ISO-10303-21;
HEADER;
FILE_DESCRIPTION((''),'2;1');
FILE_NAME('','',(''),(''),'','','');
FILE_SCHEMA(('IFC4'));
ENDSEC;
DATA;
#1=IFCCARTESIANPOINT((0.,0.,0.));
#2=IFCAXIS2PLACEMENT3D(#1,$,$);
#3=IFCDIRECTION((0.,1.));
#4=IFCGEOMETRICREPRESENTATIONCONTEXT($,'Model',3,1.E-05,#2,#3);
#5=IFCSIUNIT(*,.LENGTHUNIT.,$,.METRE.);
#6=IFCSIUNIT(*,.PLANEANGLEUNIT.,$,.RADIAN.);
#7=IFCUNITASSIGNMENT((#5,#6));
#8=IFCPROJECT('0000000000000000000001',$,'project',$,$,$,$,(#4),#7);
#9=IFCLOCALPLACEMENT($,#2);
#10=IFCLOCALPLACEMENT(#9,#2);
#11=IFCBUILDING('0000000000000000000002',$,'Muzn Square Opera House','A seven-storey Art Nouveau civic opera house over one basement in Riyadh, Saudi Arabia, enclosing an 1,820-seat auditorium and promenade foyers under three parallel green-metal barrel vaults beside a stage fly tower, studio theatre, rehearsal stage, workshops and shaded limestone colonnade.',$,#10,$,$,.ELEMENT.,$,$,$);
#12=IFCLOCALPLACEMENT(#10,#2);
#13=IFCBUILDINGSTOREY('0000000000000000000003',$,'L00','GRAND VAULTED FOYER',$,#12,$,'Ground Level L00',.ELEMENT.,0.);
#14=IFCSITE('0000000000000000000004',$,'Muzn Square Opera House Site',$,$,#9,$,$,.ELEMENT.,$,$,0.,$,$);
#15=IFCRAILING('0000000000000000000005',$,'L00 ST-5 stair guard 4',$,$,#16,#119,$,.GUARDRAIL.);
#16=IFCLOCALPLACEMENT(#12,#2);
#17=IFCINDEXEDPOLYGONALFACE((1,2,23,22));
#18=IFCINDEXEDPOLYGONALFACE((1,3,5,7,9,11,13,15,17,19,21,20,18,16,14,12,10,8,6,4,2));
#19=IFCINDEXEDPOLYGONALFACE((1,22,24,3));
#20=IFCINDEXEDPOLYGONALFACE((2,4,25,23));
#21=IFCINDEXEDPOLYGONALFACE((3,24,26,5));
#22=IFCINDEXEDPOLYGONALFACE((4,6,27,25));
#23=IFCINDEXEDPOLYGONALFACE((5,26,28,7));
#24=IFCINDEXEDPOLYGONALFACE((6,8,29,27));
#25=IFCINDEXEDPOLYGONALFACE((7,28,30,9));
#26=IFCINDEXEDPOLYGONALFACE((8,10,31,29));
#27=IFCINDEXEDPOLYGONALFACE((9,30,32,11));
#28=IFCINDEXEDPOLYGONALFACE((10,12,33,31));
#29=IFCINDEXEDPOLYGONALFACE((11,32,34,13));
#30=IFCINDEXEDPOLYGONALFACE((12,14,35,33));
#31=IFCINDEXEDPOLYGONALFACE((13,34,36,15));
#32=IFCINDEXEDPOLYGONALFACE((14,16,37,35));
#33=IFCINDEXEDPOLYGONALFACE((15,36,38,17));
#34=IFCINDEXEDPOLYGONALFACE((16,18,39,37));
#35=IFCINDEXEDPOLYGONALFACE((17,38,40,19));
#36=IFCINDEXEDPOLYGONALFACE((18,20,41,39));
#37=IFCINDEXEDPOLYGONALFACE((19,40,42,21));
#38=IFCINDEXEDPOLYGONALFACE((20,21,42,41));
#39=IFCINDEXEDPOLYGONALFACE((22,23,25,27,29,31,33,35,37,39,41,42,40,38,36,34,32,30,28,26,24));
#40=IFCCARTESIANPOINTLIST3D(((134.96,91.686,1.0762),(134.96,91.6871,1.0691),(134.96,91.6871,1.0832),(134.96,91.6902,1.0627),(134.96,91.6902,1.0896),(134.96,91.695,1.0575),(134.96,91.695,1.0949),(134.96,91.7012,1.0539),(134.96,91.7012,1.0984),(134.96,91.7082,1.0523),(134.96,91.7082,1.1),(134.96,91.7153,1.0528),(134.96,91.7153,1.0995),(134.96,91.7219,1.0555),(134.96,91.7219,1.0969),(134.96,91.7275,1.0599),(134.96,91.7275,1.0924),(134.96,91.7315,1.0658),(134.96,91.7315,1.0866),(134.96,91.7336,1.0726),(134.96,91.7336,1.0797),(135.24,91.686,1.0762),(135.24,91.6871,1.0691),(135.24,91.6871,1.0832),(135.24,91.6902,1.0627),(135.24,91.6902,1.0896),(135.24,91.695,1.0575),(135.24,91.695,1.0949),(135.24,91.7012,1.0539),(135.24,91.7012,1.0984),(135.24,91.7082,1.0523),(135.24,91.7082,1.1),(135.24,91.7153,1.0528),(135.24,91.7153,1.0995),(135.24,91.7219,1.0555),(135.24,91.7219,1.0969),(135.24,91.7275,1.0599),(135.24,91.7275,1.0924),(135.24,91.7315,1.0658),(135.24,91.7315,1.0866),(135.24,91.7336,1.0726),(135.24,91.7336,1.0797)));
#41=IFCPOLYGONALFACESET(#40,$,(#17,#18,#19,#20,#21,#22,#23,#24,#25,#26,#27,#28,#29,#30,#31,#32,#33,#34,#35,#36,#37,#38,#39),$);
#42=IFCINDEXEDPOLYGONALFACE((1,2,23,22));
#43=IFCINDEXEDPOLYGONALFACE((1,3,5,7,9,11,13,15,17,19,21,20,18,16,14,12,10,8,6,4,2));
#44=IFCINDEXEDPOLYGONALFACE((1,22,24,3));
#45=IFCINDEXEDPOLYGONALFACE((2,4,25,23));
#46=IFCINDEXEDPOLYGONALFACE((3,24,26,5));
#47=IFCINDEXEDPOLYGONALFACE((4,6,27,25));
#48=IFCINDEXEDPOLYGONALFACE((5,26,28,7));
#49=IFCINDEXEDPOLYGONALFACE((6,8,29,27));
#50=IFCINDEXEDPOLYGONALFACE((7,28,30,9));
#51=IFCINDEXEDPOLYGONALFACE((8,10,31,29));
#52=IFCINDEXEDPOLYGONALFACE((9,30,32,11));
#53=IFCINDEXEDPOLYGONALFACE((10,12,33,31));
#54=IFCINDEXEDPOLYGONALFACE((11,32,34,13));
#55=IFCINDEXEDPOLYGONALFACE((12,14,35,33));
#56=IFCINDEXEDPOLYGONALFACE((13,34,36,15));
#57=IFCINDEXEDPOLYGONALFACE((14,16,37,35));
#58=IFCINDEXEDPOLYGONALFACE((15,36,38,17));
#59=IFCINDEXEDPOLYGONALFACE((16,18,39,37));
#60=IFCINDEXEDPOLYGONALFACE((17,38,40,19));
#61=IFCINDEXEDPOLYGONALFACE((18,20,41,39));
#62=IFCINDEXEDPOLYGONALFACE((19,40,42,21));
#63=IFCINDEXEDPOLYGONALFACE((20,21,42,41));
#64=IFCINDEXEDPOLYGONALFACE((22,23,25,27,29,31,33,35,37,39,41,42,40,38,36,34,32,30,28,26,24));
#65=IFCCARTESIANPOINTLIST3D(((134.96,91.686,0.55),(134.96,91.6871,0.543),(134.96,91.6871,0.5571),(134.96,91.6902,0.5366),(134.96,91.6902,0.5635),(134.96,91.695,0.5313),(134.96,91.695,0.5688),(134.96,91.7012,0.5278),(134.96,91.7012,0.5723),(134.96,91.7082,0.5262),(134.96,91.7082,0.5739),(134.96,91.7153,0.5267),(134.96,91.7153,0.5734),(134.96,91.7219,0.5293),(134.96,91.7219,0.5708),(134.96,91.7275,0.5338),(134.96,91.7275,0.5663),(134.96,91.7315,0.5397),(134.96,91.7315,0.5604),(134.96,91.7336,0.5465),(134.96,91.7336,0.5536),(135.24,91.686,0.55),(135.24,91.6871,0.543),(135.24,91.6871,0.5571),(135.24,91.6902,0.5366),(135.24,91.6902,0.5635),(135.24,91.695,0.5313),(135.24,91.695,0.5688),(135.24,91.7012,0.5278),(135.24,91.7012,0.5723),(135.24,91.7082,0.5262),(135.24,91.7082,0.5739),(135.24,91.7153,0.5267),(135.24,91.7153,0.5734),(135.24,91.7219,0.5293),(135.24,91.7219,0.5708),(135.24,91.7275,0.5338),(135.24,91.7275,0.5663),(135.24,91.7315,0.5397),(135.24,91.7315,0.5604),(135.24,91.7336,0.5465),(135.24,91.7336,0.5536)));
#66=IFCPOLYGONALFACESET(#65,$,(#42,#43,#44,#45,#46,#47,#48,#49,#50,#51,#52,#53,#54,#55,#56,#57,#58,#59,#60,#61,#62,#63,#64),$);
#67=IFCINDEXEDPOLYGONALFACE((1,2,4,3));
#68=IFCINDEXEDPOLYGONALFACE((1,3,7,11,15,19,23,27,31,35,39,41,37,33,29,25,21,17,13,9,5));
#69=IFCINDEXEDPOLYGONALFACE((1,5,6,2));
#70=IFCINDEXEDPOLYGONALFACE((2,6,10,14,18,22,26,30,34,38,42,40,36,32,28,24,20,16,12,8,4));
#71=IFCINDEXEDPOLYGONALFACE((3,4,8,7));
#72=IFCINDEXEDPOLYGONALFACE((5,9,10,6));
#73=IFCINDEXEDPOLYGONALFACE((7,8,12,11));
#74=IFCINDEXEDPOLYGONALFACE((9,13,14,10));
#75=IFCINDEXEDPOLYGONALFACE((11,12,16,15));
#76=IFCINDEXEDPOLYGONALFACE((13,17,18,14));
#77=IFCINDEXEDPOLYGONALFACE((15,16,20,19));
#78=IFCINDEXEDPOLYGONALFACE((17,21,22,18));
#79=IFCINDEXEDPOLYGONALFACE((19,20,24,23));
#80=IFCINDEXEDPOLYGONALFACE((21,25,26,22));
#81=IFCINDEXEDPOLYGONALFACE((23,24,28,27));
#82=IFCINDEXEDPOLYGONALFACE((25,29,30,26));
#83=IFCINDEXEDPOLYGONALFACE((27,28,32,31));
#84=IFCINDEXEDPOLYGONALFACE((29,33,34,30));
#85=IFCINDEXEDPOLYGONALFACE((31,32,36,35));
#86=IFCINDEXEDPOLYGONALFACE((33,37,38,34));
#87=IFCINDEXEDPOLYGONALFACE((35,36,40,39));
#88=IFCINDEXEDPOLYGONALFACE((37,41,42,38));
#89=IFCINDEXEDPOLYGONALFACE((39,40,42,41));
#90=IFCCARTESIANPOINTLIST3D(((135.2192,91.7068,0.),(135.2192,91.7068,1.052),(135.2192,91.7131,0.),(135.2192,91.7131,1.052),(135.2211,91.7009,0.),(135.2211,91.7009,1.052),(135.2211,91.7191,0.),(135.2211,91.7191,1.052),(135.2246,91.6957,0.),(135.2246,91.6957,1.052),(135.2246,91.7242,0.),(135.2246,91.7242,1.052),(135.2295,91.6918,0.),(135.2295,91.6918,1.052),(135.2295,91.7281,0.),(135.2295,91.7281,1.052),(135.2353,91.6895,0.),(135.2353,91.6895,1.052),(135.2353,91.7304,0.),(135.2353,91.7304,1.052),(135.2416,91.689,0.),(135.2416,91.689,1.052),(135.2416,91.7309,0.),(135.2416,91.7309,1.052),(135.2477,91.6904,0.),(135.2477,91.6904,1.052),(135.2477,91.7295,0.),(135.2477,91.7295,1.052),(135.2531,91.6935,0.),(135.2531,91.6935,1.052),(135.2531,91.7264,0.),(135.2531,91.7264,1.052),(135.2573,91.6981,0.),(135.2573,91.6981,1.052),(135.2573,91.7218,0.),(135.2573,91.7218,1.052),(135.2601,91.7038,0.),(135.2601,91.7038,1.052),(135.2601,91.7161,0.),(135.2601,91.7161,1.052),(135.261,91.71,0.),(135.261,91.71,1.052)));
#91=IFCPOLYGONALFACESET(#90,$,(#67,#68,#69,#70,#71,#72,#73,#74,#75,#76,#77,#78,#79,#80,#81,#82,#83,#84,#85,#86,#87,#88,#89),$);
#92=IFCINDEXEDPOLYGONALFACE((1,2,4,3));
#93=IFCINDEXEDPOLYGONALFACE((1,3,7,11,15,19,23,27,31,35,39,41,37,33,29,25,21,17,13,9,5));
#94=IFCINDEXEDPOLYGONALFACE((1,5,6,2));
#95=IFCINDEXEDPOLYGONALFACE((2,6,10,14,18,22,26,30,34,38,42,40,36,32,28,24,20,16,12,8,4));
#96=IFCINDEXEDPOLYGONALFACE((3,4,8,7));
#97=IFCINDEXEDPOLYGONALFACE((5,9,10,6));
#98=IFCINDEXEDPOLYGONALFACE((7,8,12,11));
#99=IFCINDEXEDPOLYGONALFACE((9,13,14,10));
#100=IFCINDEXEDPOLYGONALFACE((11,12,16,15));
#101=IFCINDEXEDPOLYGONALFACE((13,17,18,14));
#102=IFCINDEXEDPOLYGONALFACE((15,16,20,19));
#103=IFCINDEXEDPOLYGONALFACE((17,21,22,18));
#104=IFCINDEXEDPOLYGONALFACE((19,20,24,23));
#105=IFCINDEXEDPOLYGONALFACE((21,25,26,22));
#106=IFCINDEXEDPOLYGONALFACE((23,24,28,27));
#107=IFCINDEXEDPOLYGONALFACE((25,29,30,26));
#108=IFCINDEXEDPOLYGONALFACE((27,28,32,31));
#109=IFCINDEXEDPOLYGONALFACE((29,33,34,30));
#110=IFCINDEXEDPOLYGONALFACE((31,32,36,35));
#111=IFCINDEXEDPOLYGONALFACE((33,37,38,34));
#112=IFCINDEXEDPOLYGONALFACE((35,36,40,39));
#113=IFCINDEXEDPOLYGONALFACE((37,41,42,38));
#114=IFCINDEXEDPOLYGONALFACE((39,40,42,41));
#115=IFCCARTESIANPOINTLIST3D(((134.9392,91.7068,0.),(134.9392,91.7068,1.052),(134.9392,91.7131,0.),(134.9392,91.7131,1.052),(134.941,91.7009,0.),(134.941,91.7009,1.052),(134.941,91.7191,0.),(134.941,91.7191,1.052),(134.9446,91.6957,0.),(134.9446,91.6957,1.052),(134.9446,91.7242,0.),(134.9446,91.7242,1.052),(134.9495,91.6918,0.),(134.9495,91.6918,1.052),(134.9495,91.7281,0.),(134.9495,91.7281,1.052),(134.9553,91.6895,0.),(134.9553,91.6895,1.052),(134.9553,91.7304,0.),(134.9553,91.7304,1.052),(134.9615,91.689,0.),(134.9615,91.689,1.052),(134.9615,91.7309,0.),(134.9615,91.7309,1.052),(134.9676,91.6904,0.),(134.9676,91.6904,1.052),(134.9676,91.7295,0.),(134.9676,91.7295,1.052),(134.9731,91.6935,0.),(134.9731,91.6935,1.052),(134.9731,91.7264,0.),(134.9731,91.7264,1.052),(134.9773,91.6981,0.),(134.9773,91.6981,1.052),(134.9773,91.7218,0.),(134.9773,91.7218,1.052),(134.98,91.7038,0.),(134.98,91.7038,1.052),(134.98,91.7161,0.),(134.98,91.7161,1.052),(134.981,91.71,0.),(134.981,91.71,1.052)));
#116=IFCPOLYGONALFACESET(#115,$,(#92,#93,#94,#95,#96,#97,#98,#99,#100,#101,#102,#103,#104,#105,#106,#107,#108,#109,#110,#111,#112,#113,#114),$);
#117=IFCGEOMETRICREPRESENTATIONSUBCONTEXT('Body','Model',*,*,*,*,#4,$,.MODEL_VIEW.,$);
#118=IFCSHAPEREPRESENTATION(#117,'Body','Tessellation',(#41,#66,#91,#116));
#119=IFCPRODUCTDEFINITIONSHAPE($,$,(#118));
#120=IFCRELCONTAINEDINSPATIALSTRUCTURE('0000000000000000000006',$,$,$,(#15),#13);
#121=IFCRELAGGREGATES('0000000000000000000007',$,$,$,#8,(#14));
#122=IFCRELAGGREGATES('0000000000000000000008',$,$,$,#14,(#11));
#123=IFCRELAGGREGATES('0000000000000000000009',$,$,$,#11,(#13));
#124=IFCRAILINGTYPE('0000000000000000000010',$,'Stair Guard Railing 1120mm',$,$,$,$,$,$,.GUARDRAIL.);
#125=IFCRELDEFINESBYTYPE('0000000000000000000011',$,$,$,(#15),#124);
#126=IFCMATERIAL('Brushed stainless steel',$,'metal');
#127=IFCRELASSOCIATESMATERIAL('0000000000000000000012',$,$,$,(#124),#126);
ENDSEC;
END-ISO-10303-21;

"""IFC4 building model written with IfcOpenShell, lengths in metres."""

from ifc_helpers import new_model, si_unit, direction, frame, origin, origin_2d, place, context, subcontext, project, spatial, circle, extrude, material, type_object, element, save


model = new_model("IFC4")

# Units and contexts
model_context = context("Model", 3, precision=1e-05, world=origin(), true_north=direction((0.0, 1.0)))
body_context = subcontext(model_context, "Body", "Model", "MODEL_VIEW")
ifc_project = project(units=[si_unit("LENGTHUNIT", "METRE"), si_unit("PLANEANGLEUNIT", "RADIAN")], contexts=[model_context])

# Site, building, storey
site_placement = place(None, origin())
site = spatial("IfcSite", under=ifc_project, at=site_placement, Name="Muzn Square Opera House Site", CompositionType="ELEMENT", RefElevation=0.0)
building_placement = place(site_placement, origin())
building = spatial("IfcBuilding", under=site, at=building_placement, Name="Muzn Square Opera House", Description="A seven-storey Art Nouveau civic opera house over one basement in Riyadh, Saudi Arabia, enclosing an 1,820-seat auditorium and promenade foyers under three parallel green-metal barrel vaults beside a stage fly tower, studio theatre, rehearsal stage, workshops and shaded limestone colonnade.", CompositionType="ELEMENT")
storey_placement = place(building_placement, origin())
storey = spatial("IfcBuildingStorey", under=building, at=storey_placement, Name="L00", Description="GRAND VAULTED FOYER", LongName="Ground Level L00", CompositionType="ELEMENT", Elevation=0.0)

# Railing
ifc_material_1 = material(Name="Brushed stainless steel", Category="metal")
railing_type_1 = type_object("IfcRailingType", Name="Stair Guard Railing 1120mm", PredefinedType="GUARDRAIL", material=ifc_material_1)
railing_1_placement = place(storey_placement, frame((135.24, 91.71, 0.0)))
element("IfcRailing", 1, at=railing_1_placement, inside=storey, type_object=railing_type_1, Name="L00 ST-5 stair guard 4", PredefinedType="GUARDRAIL", context=body_context, shape_type="SweptSolid", body=[
    extrude(circle(Radius=0.0239, at=origin_2d()), frame((0.0, 0.0, 1.0762), z_axis=(-1.0, 0.0, 0.0), x_axis=(0.0, -1.0, 0.0)), (0.0, 0.0, 1.0), 0.28),
    extrude(circle(Radius=0.0239, at=origin_2d()), frame((0.0, 0.0, 0.55), z_axis=(-1.0, 0.0, 0.0), x_axis=(0.0, -1.0, 0.0)), (0.0, 0.0, 1.0), 0.28),
    extrude(circle(Radius=0.021, at=origin_2d()), origin(), (0.0, 0.0, 1.0), 1.052),
    extrude(circle(Radius=0.021, at=origin_2d()), frame((-0.28, 0.0, 0.0)), (0.0, 0.0, 1.0), 1.052),
])

save(model, "model.ifc")
